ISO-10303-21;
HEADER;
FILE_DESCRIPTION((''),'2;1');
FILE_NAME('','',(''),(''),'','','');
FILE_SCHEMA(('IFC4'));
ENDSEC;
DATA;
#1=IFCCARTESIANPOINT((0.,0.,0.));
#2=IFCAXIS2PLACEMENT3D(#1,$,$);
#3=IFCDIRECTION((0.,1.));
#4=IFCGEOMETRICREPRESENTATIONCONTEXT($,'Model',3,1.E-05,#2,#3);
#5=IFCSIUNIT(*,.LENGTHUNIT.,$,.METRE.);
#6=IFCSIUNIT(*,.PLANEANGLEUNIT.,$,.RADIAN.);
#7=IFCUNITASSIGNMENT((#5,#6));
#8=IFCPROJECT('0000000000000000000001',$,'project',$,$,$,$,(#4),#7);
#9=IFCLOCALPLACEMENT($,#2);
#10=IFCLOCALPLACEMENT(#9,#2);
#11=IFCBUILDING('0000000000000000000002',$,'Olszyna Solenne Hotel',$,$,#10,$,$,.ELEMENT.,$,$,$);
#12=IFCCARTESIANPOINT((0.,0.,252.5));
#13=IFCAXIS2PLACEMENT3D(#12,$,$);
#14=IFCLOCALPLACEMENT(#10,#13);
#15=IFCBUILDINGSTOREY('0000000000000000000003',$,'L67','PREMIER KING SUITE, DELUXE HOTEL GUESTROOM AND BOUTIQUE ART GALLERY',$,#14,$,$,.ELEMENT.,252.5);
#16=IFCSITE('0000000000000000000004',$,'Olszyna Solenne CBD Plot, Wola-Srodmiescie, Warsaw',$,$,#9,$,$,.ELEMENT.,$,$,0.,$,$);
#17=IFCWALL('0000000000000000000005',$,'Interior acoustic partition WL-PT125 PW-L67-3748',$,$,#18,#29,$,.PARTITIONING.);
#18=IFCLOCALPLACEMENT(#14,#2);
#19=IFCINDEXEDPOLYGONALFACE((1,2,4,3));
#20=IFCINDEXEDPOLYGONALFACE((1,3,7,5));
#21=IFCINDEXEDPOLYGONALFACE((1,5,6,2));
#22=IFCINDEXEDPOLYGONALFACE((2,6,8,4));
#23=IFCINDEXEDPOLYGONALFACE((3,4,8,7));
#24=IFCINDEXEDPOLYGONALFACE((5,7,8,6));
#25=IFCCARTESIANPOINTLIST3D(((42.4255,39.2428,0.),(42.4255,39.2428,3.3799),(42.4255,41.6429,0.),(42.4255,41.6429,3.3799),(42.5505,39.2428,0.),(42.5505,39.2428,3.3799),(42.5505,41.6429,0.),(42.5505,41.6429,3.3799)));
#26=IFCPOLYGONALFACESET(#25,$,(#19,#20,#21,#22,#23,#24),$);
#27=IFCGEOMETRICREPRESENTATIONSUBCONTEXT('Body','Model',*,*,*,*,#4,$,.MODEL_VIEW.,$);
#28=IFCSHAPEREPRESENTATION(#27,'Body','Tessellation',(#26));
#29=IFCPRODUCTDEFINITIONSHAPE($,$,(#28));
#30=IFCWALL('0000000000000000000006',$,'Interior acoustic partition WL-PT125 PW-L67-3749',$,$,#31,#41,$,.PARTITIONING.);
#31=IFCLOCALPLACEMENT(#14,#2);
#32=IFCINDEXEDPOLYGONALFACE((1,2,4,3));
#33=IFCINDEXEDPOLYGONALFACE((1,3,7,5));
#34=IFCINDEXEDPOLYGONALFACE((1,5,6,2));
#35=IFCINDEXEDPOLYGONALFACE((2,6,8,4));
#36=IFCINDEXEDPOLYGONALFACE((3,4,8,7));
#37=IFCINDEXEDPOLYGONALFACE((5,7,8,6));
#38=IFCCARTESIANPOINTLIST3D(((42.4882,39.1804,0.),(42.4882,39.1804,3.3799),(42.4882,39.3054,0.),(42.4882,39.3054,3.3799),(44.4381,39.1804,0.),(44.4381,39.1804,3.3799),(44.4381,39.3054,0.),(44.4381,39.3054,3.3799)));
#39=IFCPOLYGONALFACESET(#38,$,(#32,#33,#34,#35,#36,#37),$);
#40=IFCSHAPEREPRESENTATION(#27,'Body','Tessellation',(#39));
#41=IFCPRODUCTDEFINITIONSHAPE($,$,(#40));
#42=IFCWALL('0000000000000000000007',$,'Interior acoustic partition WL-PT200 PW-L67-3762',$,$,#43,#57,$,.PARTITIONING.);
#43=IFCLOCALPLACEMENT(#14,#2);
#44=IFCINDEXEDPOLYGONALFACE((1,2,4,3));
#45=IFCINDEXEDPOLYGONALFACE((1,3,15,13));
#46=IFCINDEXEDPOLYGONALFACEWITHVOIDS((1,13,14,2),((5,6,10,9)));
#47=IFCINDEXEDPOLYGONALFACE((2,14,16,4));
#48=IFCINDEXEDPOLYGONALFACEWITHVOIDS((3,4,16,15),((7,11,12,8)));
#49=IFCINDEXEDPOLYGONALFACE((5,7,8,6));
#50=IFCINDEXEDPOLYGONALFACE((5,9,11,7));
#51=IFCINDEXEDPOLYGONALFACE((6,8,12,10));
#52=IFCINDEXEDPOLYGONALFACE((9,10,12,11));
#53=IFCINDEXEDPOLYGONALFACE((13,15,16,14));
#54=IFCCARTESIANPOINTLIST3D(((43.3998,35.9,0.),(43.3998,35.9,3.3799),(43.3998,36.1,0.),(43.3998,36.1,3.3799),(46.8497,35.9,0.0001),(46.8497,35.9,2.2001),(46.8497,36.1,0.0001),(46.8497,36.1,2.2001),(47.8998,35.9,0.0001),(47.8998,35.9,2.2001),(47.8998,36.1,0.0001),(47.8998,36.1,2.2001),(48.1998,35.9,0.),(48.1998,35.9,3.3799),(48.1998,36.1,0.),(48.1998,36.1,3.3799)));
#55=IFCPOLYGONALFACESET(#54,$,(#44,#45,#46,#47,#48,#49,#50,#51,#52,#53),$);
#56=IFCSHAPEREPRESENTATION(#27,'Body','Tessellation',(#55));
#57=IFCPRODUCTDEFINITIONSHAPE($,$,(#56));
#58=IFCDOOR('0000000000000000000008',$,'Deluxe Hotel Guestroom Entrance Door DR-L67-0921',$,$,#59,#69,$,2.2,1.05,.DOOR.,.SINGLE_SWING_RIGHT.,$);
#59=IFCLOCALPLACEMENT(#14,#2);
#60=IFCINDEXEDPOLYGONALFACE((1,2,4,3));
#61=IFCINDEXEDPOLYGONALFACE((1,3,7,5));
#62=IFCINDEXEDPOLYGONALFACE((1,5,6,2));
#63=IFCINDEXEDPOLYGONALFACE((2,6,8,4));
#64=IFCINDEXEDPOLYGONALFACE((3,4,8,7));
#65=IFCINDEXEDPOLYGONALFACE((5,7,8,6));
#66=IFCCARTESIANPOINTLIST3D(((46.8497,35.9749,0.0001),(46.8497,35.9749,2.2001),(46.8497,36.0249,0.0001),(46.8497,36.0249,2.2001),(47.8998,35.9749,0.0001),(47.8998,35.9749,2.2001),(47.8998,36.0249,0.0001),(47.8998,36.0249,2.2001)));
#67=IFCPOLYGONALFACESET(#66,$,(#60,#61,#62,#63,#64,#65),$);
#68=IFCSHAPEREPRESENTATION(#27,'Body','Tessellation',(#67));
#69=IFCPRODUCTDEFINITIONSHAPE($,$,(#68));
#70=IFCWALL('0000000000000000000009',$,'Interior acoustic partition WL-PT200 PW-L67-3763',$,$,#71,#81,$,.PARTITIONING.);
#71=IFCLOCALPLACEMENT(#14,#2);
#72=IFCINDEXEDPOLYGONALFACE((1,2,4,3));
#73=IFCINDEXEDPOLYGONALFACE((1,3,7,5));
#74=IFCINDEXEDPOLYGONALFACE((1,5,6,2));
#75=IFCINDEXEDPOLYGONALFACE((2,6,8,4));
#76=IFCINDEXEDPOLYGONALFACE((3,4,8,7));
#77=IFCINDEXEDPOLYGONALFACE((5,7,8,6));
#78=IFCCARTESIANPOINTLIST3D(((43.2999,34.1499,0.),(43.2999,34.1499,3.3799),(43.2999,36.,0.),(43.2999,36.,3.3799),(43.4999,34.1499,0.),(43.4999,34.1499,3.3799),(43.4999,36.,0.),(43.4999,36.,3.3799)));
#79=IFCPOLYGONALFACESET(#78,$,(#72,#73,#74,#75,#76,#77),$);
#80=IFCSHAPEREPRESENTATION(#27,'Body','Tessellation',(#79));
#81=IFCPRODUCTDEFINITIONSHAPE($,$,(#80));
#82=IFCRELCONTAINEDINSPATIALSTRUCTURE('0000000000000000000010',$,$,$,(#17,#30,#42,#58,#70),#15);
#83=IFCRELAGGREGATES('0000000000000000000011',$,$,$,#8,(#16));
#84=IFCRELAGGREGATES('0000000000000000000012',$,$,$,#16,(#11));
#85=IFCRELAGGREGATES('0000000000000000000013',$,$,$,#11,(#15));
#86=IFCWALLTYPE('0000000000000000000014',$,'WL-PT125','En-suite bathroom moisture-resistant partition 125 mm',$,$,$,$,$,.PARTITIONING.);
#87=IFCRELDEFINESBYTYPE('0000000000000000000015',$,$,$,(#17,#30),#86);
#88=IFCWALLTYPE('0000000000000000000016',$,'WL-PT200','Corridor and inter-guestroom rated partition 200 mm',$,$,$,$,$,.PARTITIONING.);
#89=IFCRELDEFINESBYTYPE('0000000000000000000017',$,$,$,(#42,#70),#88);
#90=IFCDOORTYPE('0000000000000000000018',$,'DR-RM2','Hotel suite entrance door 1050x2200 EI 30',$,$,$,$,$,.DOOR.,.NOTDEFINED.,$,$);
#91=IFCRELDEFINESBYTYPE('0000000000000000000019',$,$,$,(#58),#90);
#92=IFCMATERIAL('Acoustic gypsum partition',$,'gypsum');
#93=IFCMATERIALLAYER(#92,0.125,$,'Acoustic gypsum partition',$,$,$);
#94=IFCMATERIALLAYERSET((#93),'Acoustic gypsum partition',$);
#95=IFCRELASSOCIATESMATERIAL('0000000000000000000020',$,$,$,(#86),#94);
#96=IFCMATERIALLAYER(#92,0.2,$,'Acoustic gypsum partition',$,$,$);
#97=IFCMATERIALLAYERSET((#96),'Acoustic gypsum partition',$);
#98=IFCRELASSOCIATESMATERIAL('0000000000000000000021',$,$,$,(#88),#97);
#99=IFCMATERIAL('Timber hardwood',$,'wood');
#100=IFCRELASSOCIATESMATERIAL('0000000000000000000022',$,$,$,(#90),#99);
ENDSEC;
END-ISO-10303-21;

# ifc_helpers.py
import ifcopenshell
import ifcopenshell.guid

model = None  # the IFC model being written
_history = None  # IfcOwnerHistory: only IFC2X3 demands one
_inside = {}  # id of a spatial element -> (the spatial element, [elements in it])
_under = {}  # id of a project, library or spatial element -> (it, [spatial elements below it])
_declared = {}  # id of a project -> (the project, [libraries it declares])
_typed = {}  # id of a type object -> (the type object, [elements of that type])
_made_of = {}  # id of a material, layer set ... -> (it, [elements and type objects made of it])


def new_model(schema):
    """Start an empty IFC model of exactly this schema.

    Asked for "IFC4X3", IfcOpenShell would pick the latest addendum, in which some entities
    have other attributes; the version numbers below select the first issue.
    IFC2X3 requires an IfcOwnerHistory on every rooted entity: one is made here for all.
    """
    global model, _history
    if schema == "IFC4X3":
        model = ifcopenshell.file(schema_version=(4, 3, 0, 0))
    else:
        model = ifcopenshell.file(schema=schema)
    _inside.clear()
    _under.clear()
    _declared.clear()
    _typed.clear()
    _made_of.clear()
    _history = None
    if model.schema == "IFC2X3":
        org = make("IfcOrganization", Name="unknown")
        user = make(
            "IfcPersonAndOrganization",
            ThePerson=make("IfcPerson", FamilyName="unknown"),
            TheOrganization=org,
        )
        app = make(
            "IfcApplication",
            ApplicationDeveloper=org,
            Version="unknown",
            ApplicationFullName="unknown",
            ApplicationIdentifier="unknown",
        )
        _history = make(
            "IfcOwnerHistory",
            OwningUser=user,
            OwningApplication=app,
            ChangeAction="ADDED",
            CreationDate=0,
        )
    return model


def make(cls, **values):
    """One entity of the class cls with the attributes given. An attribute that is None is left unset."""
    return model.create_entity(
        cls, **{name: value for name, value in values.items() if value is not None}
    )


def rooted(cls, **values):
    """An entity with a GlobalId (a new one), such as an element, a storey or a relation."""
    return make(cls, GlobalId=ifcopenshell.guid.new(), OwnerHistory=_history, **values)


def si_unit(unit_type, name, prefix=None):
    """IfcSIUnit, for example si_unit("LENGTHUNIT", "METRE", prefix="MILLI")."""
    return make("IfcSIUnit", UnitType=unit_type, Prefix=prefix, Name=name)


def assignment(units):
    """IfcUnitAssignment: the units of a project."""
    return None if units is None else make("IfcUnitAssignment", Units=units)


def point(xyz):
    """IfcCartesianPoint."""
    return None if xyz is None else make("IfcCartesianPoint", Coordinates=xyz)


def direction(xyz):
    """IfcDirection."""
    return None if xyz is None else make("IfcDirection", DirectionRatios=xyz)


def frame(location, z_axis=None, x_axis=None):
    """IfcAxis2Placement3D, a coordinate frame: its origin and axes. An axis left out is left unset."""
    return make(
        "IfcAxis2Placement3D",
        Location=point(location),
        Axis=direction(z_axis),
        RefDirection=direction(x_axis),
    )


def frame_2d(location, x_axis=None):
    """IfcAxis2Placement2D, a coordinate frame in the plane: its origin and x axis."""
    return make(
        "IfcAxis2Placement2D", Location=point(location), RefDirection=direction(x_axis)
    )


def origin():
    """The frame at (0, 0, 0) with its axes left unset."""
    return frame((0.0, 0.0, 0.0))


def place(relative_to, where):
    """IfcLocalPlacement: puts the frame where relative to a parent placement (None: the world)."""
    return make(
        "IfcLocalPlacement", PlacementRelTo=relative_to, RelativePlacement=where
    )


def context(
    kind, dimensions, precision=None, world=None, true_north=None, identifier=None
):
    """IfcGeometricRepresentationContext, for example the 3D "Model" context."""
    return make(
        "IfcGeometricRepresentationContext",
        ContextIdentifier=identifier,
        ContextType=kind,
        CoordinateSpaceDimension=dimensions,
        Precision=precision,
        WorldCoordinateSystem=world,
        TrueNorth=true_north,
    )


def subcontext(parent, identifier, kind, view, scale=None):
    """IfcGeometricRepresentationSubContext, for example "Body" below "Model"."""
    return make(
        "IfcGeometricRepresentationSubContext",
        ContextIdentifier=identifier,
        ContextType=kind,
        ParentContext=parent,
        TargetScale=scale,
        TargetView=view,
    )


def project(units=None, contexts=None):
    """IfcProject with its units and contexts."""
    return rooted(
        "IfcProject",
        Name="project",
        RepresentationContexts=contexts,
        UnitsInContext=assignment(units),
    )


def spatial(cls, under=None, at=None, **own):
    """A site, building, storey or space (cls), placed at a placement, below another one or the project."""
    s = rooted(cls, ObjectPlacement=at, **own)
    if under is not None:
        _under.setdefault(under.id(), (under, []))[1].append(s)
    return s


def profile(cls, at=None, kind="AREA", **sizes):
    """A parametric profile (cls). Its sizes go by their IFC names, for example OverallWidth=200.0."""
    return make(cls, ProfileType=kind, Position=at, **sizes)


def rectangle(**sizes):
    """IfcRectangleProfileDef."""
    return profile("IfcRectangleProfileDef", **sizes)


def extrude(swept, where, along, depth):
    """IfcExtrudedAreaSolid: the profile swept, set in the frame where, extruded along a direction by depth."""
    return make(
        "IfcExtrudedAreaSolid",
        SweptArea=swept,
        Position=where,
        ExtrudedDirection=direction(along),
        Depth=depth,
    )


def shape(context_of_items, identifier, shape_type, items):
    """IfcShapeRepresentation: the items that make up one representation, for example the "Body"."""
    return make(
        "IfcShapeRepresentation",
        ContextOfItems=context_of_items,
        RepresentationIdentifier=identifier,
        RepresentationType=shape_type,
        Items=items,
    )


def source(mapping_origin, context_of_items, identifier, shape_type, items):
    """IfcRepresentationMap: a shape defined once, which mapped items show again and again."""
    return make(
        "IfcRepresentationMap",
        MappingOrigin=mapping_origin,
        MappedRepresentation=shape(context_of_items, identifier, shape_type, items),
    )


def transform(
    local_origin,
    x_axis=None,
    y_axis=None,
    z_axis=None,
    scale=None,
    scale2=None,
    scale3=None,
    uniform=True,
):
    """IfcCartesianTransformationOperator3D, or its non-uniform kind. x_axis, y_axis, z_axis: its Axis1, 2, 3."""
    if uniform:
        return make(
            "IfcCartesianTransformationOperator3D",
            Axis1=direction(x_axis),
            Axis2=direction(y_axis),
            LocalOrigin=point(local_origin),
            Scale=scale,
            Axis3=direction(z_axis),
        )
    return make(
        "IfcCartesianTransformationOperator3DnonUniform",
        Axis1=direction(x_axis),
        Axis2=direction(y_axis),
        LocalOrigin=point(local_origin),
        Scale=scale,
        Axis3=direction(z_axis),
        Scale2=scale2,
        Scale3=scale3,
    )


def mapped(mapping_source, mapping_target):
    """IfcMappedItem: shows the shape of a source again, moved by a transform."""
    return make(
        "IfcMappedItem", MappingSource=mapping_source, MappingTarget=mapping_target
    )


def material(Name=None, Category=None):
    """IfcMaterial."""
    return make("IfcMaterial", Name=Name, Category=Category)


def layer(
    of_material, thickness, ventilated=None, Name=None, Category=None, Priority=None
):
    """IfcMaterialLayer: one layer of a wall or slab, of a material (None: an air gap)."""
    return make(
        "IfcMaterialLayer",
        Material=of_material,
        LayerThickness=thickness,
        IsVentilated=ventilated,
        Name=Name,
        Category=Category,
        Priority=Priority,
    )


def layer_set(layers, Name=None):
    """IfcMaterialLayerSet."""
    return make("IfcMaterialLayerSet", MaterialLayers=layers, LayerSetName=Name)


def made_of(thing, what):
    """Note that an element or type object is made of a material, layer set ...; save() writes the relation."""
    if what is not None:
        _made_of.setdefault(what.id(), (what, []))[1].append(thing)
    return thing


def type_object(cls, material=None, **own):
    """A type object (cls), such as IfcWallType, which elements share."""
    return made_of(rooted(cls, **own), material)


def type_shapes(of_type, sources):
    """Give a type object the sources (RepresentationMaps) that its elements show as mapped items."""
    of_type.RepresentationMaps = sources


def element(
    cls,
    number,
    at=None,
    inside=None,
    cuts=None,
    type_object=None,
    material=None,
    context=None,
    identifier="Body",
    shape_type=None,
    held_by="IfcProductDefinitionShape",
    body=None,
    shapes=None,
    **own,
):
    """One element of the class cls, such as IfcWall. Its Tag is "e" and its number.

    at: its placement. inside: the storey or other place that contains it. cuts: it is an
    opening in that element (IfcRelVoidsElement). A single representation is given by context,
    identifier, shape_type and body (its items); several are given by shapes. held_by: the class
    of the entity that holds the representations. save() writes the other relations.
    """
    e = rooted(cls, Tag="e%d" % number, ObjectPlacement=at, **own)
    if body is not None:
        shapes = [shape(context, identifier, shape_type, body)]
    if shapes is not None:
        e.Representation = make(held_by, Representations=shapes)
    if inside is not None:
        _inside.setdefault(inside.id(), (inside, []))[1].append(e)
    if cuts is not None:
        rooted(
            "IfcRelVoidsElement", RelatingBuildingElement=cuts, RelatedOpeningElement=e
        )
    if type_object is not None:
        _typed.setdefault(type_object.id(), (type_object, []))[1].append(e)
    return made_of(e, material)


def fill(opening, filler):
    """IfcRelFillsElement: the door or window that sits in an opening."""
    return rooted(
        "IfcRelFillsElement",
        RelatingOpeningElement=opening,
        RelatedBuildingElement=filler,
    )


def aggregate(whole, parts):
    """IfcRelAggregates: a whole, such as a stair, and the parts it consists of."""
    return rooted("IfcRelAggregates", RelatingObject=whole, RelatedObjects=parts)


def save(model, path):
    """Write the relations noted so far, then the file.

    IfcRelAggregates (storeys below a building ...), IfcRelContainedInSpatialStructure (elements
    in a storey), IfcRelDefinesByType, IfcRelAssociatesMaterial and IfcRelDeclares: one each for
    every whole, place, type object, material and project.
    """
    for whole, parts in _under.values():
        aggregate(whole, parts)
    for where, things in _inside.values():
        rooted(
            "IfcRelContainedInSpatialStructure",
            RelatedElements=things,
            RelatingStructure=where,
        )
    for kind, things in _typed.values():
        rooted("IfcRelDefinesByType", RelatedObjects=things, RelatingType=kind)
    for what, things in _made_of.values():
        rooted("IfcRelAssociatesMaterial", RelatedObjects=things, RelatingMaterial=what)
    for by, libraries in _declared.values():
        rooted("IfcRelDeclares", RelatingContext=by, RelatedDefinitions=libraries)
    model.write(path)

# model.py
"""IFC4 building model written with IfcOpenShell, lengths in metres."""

from ifc_helpers import new_model, si_unit, direction, frame, frame_2d, origin, place, context, subcontext, project, spatial, rectangle, extrude, source, transform, mapped, material, layer, layer_set, type_object, type_shapes, element, fill, save


model = new_model("IFC4")

# Units and contexts
model_context = context("Model", 3, precision=1e-05, world=origin(), true_north=direction((0.0, 1.0)))
body_context = subcontext(model_context, "Body", "Model", "MODEL_VIEW")
ifc_project = project(units=[si_unit("LENGTHUNIT", "METRE"), si_unit("PLANEANGLEUNIT", "RADIAN")], contexts=[model_context])

# Site, building, storey
site_placement = place(None, origin())
site = spatial("IfcSite", under=ifc_project, at=site_placement, Name="Olszyna Solenne CBD Plot, Wola-Srodmiescie, Warsaw", CompositionType="ELEMENT", RefElevation=0.0)
building_placement = place(site_placement, origin())
building = spatial("IfcBuilding", under=site, at=building_placement, Name="Olszyna Solenne Hotel", CompositionType="ELEMENT")
storey_placement = place(building_placement, frame((0.0, 0.0, 252.5)))
storey = spatial("IfcBuildingStorey", under=building, at=storey_placement, Name="L67", Description="PREMIER KING SUITE, DELUXE HOTEL GUESTROOM AND BOUTIQUE ART GALLERY", CompositionType="ELEMENT", Elevation=252.5)

# Shared definitions
ifc_material_1 = material(Name="Acoustic gypsum partition", Category="gypsum")
ifc_layer_1 = layer(ifc_material_1, 0.125, Name="Acoustic gypsum partition")
ifc_layer_set_1 = layer_set([ifc_layer_1], Name="Acoustic gypsum partition")
wall_type_1 = type_object("IfcWallType", Name="WL-PT125", Description="En-suite bathroom moisture-resistant partition 125 mm", PredefinedType="PARTITIONING", material=ifc_layer_set_1)
ifc_material_2 = material(Name="Timber hardwood", Category="wood")

# Walls
wall_1_placement = place(storey_placement, frame((42.488, 41.6431, 0.0), z_axis=(0.0, 0.0, 1.0), x_axis=(0.0, -1.0, 0.0)))
element("IfcWall", 1, at=wall_1_placement, inside=storey, type_object=wall_type_1, Name="Interior acoustic partition WL-PT125 PW-L67-3748", PredefinedType="PARTITIONING", context=body_context, shape_type="SweptSolid", body=[
    extrude(rectangle(XDim=2.4001, YDim=0.125, at=frame_2d((1.2002, 0.0))), origin(), (0.0, 0.0, 1.0), 3.3799),
])
wall_2_placement = place(storey_placement, frame((42.488, 39.2429, 0.0), z_axis=(0.0, 0.0, 1.0), x_axis=(1.0, 0.0, 0.0)))
element("IfcWall", 2, at=wall_2_placement, inside=storey, type_object=wall_type_1, Name="Interior acoustic partition WL-PT125 PW-L67-3749", PredefinedType="PARTITIONING", context=body_context, shape_type="SweptSolid", body=[
    extrude(rectangle(XDim=1.95, YDim=0.125, at=frame_2d((0.9751, 0.0))), origin(), (0.0, 0.0, 1.0), 3.3799),
])

# Wall, opening, door
ifc_layer_2 = layer(ifc_material_1, 0.2, Name="Acoustic gypsum partition")
ifc_layer_set_2 = layer_set([ifc_layer_2], Name="Acoustic gypsum partition")
wall_type_2 = type_object("IfcWallType", Name="WL-PT200", Description="Corridor and inter-guestroom rated partition 200 mm", PredefinedType="PARTITIONING", material=ifc_layer_set_2)
wall_3_placement = place(storey_placement, frame((43.3999, 36.0, 0.0), z_axis=(0.0, 0.0, 1.0), x_axis=(1.0, 0.0, 0.0)))
wall_3 = element("IfcWall", 3, at=wall_3_placement, inside=storey, type_object=wall_type_2, Name="Interior acoustic partition WL-PT200 PW-L67-3762", PredefinedType="PARTITIONING", context=body_context, shape_type="SweptSolid", body=[
    extrude(rectangle(XDim=4.8, YDim=0.2, at=frame_2d((2.3999, 0.0))), origin(), (0.0, 0.0, 1.0), 3.3799),
])
opening_1_placement = place(wall_3_placement, frame((3.45, 0.0, 0.0)))
opening_1 = element("IfcOpeningElement", 4, at=opening_1_placement, cuts=wall_3, PredefinedType="OPENING", context=body_context, shape_type="SweptSolid", body=[
    extrude(rectangle(XDim=1.05, YDim=2.2, at=frame_2d((0.5249, 1.1001))), frame((0.0, 0.1099, 0.0), z_axis=(0.0, -1.0, 0.0), x_axis=(1.0, 0.0, 0.0)), (0.0, 0.0, 1.0), 0.22),
])
door_type_1 = type_object("IfcDoorType", Name="DR-RM2", Description="Hotel suite entrance door 1050x2200 EI 30", OperationType="NOTDEFINED", PredefinedType="DOOR", material=ifc_material_2)
shared_shape_1 = source(origin(), body_context, "Body", "SweptSolid", [
    extrude(rectangle(XDim=1.05, YDim=2.2, at=frame_2d((0.5249, 1.1001))), frame((0.0, 0.0249, 0.0), z_axis=(0.0, -1.0, 0.0), x_axis=(1.0, 0.0, 0.0)), (0.0, 0.0, 1.0), 0.05),
])
type_shapes(door_type_1, [shared_shape_1])
door_1_placement = place(opening_1_placement, origin())
door_1 = element("IfcDoor", 5, at=door_1_placement, inside=storey, type_object=door_type_1, Name="Deluxe Hotel Guestroom Entrance Door DR-L67-0921", OperationType="SINGLE_SWING_RIGHT", OverallHeight=2.2, OverallWidth=1.05, PredefinedType="DOOR", context=body_context, shape_type="MappedRepresentation", body=[
    mapped(shared_shape_1, transform((0.0, 0.0, 0.0), x_axis=(1.0, 0.0, 0.0), y_axis=(0.0, 1.0, 0.0), z_axis=(0.0, 0.0, 1.0), scale=1.0)),
])
fill(opening_1, door_1)

# Wall
wall_4_placement = place(storey_placement, frame((43.3999, 34.1499, 0.0), z_axis=(0.0, 0.0, 1.0), x_axis=(0.0, 1.0, 0.0)))
element("IfcWall", 6, at=wall_4_placement, inside=storey, type_object=wall_type_2, Name="Interior acoustic partition WL-PT200 PW-L67-3763", PredefinedType="PARTITIONING", context=body_context, shape_type="SweptSolid", body=[
    extrude(rectangle(XDim=1.8501, YDim=0.2, at=frame_2d((0.925, 0.0))), origin(), (0.0, 0.0, 1.0), 3.3799),
])

save(model, "model.ifc")
